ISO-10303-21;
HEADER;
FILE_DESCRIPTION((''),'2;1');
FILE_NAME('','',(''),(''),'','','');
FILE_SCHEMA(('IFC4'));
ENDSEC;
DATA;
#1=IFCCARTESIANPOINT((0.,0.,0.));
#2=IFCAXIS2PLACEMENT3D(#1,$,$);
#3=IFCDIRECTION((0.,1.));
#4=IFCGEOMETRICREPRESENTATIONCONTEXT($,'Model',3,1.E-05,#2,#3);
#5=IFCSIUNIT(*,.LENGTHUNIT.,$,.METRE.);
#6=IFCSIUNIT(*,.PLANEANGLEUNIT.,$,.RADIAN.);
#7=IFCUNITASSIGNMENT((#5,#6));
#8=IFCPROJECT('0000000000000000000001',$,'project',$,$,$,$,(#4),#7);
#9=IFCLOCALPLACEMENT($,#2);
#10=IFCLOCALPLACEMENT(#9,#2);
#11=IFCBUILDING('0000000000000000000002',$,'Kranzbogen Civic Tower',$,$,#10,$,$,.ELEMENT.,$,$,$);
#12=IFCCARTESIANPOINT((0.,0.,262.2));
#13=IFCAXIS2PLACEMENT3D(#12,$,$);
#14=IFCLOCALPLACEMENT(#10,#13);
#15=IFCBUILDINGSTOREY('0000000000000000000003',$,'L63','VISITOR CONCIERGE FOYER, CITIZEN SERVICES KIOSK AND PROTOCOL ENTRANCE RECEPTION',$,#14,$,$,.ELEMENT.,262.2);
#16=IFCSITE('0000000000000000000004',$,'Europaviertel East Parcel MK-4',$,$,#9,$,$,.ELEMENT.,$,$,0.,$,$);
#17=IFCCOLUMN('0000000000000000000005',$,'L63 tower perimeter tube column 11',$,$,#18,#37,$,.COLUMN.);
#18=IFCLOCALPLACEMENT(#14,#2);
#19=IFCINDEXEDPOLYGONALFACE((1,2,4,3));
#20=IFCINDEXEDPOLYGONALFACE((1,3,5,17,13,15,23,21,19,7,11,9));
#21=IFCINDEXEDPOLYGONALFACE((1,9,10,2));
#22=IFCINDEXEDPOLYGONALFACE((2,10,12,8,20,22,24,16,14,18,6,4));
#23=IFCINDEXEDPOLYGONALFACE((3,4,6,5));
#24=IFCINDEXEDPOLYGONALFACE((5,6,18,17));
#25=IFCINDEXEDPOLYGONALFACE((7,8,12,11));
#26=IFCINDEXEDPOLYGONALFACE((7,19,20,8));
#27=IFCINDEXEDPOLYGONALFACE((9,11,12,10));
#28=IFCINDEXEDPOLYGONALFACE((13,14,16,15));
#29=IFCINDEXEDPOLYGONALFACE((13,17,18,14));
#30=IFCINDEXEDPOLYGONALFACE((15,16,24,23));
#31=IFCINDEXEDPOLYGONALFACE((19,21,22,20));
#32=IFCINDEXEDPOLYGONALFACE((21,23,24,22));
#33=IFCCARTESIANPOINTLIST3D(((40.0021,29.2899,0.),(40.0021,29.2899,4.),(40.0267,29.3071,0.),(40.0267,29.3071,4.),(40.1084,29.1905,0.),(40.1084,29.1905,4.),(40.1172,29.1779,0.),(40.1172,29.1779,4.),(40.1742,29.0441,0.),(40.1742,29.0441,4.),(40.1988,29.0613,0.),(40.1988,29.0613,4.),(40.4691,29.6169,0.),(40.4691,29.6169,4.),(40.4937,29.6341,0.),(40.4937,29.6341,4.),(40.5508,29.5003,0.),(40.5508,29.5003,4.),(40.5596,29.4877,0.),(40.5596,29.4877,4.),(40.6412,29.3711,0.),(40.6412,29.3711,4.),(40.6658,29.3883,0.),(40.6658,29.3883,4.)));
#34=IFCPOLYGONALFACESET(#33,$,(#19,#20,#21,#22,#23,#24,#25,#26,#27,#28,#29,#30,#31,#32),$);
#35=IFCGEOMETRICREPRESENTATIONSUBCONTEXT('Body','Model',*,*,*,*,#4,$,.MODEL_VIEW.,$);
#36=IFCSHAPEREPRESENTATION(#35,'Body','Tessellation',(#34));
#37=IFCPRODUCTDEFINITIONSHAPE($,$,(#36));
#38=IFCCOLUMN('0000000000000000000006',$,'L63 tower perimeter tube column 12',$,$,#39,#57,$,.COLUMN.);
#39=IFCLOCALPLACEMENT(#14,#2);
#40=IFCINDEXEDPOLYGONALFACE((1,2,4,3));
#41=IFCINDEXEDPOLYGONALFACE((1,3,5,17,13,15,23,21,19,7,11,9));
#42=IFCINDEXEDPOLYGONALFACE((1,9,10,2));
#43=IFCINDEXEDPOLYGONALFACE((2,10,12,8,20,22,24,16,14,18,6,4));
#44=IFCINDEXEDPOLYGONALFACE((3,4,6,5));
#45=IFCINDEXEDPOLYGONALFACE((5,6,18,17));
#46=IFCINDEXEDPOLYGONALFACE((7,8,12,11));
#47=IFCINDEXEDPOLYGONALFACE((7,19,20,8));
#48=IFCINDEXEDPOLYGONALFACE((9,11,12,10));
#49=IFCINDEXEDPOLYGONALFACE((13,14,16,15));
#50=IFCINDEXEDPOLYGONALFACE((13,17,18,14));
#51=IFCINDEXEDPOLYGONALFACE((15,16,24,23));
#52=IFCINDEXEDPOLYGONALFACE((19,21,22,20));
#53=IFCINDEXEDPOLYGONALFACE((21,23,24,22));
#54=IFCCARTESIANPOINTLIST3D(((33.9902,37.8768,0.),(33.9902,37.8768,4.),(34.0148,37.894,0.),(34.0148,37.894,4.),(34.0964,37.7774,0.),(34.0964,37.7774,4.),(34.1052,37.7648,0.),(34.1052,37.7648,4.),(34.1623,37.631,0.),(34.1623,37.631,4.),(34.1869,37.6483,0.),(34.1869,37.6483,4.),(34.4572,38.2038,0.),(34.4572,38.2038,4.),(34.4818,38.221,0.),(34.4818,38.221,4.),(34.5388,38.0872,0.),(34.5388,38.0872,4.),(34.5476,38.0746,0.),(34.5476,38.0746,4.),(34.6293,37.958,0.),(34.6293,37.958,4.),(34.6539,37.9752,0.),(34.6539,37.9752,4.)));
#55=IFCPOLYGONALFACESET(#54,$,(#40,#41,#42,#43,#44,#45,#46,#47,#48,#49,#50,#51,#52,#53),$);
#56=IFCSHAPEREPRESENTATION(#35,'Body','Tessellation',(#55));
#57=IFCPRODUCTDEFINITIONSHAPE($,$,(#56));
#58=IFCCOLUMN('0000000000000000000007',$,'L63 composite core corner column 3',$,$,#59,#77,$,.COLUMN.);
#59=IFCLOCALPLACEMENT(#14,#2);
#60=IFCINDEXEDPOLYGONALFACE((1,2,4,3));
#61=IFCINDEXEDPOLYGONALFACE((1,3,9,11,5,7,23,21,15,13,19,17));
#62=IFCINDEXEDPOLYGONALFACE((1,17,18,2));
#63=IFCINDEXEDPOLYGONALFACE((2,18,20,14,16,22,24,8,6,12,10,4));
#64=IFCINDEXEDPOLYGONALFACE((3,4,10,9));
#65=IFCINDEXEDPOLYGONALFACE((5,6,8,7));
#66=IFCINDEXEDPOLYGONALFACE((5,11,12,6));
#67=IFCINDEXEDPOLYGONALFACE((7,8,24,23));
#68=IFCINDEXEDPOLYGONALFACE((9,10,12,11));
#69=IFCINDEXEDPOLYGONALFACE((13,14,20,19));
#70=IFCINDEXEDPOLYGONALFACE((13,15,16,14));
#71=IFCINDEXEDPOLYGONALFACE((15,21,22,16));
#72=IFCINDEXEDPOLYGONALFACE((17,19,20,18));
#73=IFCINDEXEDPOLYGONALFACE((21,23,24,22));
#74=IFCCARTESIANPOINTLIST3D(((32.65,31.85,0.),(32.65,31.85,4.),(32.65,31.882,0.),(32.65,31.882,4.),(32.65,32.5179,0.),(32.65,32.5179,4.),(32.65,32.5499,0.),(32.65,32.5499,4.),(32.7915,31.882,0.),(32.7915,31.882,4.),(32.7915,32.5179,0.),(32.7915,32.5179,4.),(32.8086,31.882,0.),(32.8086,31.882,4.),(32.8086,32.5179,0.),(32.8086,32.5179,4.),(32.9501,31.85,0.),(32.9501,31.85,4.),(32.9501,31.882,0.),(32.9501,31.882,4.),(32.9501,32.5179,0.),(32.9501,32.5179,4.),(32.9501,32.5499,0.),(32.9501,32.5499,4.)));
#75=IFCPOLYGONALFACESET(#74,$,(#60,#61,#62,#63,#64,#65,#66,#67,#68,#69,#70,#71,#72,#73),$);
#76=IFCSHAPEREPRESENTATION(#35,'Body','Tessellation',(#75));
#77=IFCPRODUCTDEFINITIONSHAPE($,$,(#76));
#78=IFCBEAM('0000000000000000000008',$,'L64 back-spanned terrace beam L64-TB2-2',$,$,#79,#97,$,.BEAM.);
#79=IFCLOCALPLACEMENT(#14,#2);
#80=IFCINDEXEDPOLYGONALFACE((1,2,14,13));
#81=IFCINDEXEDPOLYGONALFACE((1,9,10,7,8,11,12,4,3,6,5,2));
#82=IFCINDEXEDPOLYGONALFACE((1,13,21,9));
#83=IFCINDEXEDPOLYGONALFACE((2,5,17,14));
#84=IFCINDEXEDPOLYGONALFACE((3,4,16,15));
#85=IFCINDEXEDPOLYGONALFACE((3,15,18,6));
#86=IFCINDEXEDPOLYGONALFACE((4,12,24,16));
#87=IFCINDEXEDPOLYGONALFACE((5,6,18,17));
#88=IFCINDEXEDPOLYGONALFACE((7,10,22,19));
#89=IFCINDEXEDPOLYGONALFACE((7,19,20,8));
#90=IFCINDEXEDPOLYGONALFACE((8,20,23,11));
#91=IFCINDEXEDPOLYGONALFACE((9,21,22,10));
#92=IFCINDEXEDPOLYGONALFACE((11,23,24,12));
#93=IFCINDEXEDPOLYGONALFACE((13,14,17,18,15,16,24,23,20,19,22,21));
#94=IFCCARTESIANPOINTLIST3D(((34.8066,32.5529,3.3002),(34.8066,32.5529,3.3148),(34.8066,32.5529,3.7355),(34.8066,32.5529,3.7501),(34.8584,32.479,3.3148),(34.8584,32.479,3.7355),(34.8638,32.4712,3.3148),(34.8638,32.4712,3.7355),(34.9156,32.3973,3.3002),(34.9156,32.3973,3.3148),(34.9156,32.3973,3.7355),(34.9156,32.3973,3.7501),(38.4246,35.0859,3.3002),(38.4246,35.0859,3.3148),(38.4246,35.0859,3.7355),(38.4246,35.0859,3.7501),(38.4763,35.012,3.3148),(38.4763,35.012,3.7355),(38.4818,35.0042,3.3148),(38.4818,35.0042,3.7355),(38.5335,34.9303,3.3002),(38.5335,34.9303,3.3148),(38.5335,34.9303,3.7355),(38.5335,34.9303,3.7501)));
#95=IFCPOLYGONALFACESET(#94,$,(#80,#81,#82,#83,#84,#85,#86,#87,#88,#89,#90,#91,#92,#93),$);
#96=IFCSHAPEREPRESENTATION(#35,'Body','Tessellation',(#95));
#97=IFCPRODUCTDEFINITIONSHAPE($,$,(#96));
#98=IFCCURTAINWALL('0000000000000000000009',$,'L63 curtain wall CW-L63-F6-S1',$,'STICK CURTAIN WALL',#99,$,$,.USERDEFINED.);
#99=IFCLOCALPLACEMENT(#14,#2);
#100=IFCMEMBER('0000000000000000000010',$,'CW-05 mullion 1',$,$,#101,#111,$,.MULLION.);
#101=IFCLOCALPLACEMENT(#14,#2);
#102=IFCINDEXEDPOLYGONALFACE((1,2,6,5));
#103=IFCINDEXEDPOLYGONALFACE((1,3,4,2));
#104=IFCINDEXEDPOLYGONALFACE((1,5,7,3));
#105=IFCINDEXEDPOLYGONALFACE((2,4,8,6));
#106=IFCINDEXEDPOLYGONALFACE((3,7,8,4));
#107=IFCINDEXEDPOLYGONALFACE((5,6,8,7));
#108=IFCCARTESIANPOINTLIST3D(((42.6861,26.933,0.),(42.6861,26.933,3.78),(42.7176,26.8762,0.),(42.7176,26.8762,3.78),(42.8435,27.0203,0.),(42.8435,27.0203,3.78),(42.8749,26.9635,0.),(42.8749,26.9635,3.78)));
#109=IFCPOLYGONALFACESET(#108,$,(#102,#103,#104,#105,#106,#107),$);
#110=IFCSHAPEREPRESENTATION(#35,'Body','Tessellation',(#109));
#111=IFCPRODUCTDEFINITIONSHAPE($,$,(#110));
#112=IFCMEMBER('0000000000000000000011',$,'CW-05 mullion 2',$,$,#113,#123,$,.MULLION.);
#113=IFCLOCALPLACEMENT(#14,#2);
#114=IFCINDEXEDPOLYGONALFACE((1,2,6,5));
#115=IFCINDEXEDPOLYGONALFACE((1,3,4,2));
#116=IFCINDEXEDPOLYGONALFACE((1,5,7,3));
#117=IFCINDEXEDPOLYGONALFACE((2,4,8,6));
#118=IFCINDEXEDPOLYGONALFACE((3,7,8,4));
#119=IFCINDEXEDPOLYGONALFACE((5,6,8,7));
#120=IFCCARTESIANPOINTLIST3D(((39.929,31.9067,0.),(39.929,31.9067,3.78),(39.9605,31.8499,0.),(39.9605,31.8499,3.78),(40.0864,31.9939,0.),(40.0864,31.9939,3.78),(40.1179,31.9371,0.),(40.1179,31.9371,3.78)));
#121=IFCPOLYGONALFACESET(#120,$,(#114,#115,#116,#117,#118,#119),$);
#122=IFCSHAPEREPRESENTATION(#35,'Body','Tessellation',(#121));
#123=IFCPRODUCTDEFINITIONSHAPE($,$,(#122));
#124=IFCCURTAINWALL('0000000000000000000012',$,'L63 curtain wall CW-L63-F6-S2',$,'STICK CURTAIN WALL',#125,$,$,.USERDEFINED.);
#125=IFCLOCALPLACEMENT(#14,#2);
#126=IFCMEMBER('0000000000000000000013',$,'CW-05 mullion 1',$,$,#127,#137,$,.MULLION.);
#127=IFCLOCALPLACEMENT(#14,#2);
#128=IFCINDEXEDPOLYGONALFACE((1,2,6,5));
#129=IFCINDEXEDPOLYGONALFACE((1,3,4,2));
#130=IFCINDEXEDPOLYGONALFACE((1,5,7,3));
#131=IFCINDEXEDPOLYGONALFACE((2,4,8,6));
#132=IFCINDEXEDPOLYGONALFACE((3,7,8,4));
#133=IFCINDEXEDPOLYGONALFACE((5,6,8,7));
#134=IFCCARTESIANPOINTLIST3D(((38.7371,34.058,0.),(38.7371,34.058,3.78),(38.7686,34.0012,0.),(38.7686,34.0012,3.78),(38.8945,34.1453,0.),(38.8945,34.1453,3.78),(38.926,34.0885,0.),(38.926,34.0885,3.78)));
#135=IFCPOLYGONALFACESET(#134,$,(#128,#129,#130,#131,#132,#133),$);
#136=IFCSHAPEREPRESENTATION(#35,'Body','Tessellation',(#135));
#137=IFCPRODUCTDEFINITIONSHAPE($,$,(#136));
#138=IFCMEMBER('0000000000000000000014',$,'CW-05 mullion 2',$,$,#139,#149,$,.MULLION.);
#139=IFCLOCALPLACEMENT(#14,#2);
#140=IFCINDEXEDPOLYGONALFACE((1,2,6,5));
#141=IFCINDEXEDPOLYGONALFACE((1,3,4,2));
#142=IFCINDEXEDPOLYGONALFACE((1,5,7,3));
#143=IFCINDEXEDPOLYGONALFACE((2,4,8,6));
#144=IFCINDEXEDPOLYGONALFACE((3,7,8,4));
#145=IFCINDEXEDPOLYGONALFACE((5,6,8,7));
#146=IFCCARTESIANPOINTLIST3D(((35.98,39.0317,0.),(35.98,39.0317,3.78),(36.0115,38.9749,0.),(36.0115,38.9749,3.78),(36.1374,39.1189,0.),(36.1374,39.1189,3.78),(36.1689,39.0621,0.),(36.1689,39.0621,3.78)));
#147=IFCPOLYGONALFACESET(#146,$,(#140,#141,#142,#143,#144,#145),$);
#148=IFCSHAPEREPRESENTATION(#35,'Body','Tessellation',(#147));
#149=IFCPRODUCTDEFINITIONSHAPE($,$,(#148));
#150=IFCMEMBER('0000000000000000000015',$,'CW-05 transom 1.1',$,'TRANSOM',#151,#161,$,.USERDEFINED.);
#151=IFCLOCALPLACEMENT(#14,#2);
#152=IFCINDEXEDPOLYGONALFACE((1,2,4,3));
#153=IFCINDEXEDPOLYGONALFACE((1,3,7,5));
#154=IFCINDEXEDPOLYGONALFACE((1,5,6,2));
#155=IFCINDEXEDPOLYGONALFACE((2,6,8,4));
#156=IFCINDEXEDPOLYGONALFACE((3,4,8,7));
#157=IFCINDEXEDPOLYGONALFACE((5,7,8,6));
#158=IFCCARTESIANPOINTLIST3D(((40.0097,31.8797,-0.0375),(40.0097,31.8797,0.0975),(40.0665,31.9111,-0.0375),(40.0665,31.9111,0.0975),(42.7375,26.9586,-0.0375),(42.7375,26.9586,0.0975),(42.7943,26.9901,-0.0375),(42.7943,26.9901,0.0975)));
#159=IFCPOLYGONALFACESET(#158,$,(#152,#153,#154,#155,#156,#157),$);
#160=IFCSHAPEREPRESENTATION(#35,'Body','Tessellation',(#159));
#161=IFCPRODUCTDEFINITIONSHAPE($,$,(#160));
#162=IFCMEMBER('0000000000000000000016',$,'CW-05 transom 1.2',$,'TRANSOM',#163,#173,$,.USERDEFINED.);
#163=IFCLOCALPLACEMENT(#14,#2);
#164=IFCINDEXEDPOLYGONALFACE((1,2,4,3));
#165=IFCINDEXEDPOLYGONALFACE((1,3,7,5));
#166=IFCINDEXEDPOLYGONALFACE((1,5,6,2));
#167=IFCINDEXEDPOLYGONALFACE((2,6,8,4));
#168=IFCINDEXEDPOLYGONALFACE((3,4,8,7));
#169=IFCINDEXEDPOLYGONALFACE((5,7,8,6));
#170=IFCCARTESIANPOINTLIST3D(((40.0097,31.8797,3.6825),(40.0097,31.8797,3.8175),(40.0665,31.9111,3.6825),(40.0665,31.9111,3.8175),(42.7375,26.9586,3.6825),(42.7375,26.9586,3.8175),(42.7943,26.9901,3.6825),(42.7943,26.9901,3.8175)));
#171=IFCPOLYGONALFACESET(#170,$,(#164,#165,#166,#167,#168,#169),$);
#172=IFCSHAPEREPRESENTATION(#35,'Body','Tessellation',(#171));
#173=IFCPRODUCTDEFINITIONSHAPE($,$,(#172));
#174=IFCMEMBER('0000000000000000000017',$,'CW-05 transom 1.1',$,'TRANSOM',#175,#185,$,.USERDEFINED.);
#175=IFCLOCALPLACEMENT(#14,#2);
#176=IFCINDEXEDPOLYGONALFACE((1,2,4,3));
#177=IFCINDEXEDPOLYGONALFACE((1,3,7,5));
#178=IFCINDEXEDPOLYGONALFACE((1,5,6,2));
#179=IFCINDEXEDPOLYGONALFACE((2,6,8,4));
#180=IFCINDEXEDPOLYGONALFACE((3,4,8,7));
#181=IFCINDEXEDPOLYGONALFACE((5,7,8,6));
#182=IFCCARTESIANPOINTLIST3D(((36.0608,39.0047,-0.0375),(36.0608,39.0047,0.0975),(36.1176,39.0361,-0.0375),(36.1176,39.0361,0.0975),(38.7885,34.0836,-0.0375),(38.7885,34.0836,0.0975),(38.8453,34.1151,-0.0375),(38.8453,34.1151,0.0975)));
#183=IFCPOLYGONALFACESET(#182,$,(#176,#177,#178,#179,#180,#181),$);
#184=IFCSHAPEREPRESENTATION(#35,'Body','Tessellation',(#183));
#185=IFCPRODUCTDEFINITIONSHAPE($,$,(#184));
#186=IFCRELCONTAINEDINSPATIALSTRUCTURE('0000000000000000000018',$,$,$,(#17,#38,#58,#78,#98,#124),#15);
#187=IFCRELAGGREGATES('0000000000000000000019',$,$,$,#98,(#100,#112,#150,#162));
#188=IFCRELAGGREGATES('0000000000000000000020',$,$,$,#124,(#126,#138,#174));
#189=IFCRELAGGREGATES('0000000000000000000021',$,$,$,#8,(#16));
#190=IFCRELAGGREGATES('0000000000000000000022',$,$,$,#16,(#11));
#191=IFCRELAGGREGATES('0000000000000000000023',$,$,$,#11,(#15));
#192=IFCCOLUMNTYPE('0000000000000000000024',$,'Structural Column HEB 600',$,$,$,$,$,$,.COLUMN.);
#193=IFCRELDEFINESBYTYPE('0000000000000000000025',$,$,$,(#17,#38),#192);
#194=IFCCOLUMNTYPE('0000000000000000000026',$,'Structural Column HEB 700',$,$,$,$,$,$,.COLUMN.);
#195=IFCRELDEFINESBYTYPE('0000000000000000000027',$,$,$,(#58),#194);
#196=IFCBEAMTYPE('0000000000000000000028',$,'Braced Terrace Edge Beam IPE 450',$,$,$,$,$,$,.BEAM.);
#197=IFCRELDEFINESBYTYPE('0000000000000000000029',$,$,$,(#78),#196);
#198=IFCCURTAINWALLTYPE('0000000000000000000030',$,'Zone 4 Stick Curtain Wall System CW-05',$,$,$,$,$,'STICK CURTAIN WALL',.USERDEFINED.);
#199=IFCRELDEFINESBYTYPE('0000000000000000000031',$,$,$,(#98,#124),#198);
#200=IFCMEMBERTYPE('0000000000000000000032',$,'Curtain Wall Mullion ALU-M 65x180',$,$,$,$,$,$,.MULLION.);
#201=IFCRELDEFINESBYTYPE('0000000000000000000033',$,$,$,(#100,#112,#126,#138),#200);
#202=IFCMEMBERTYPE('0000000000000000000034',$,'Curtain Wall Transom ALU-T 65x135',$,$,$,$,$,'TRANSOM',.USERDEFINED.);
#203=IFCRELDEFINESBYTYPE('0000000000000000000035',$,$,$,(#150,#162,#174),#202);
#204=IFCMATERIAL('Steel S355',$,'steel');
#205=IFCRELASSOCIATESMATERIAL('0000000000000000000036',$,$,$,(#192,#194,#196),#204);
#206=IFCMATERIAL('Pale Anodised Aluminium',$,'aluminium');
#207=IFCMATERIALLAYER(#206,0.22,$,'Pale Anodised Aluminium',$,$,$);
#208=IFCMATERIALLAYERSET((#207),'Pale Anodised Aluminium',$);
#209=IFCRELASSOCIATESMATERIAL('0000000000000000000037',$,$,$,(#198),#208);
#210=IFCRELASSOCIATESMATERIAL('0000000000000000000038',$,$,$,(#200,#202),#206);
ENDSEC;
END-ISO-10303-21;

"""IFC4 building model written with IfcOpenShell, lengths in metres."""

from ifc_helpers import new_model, si_unit, direction, frame, origin, origin_2d, place, context, subcontext, project, spatial, rectangle, i_section, extrude, material, layer, layer_set, material_profile, profile_set, type_object, element, aggregate, save


model = new_model("IFC4")

# Units and contexts
model_context = context("Model", 3, precision=1e-05, world=origin(), true_north=direction((0.0, 1.0)))
body_context = subcontext(model_context, "Body", "Model", "MODEL_VIEW")
ifc_project = project(units=[si_unit("LENGTHUNIT", "METRE"), si_unit("PLANEANGLEUNIT", "RADIAN")], contexts=[model_context])

# Site, building, storey
site_placement = place(None, origin())
site = spatial("IfcSite", under=ifc_project, at=site_placement, Name="Europaviertel East Parcel MK-4", CompositionType="ELEMENT", RefElevation=0.0)
building_placement = place(site_placement, origin())
building = spatial("IfcBuilding", under=site, at=building_placement, Name="Kranzbogen Civic Tower", CompositionType="ELEMENT")
storey_placement = place(building_placement, frame((0.0, 0.0, 262.2)))
storey = spatial("IfcBuildingStorey", under=building, at=storey_placement, Name="L63", Description="VISITOR CONCIERGE FOYER, CITIZEN SERVICES KIOSK AND PROTOCOL ENTRANCE RECEPTION", CompositionType="ELEMENT", Elevation=262.2)

# Columns
ifc_material_1 = material(Name="Steel S355", Category="steel")
ifc_material_profile_1 = material_profile(ifc_material_1, i_section(OverallWidth=0.3, OverallDepth=0.6001, WebThickness=0.0154, FlangeThickness=0.03, at=origin_2d()), Name="HEB 600")
ifc_profile_set_1 = profile_set([ifc_material_profile_1], Name="Steel S355")
column_type_1 = type_object("IfcColumnType", Name="Structural Column HEB 600", PredefinedType="COLUMN", material=ifc_profile_set_1)
for number, where, z_axis, x_axis, name in (
    (1, (40.334, 29.3391, 0.0), (0.0, 0.0, 1.0), (-0.573576, 0.819152, 0.0), "L63 tower perimeter tube column 11"),
    (2, (34.322, 37.926, 0.0), (0.0, 0.0, 1.0), (-0.573576, 0.819152, 0.0), "L63 tower perimeter tube column 12"),
):
    element("IfcColumn", number, at=place(storey_placement, frame(where, z_axis=z_axis, x_axis=x_axis)), inside=storey, type_object=column_type_1, Name=name, PredefinedType="COLUMN", context=body_context, shape_type="SweptSolid", body=[
        extrude(i_section(OverallWidth=0.3, OverallDepth=0.6001, WebThickness=0.0154, FlangeThickness=0.03, at=origin_2d()), origin(), (0.0, 0.0, 1.0), 4.0),
    ])
ifc_material_profile_2 = material_profile(ifc_material_1, i_section(OverallWidth=0.3, OverallDepth=0.7, WebThickness=0.0171, FlangeThickness=0.032, at=origin_2d()), Name="HEB 700")
ifc_profile_set_2 = profile_set([ifc_material_profile_2], Name="Steel S355")
column_type_2 = type_object("IfcColumnType", Name="Structural Column HEB 700", PredefinedType="COLUMN", material=ifc_profile_set_2)
column_placement = place(storey_placement, frame((32.8, 32.2, 0.0), z_axis=(0.0, 0.0, 1.0), x_axis=(1.0, 0.0, 0.0)))
element("IfcColumn", 3, at=column_placement, inside=storey, type_object=column_type_2, Name="L63 composite core corner column 3", PredefinedType="COLUMN", context=body_context, shape_type="SweptSolid", body=[
    extrude(i_section(OverallWidth=0.3, OverallDepth=0.7, WebThickness=0.0171, FlangeThickness=0.032, at=origin_2d()), origin(), (0.0, 0.0, 1.0), 4.0),
])

# Beam
ifc_material_profile_3 = material_profile(ifc_material_1, i_section(OverallWidth=0.1899, OverallDepth=0.45, WebThickness=0.0095, FlangeThickness=0.0146, at=origin_2d()), Name="IPE 450")
ifc_profile_set_3 = profile_set([ifc_material_profile_3], Name="Steel S355")
beam_type_1 = type_object("IfcBeamType", Name="Braced Terrace Edge Beam IPE 450", PredefinedType="BEAM", material=ifc_profile_set_3)
beam_1_placement = place(storey_placement, frame((34.8611, 32.4751, 3.5251), z_axis=(0.819188, 0.573525, 0.0), x_axis=(-0.573525, 0.819188, 0.0)))
element("IfcBeam", 4, at=beam_1_placement, inside=storey, type_object=beam_type_1, Name="L64 back-spanned terrace beam L64-TB2-2", PredefinedType="BEAM", context=body_context, shape_type="SweptSolid", body=[
    extrude(i_section(OverallWidth=0.1899, OverallDepth=0.45, WebThickness=0.0095, FlangeThickness=0.0146, at=origin_2d()), origin(), (0.0, 0.0, 1.0), 4.4165),
])

# Curtain walls, members
ifc_material_2 = material(Name="Pale Anodised Aluminium", Category="aluminium")
ifc_layer_1 = layer(ifc_material_2, 0.22, Name="Pale Anodised Aluminium")
ifc_layer_set_1 = layer_set([ifc_layer_1], Name="Pale Anodised Aluminium")
curtain_wall_type = type_object("IfcCurtainWallType", Name="Zone 4 Stick Curtain Wall System CW-05", ElementType="STICK CURTAIN WALL", PredefinedType="USERDEFINED", material=ifc_layer_set_1)
curtain_wall_1_placement = place(storey_placement, origin())
curtain_wall_1 = element("IfcCurtainWall", 5, at=curtain_wall_1_placement, inside=storey, type_object=curtain_wall_type, Name="L63 curtain wall CW-L63-F6-S1", ObjectType="STICK CURTAIN WALL", PredefinedType="USERDEFINED")
ifc_material_profile_4 = material_profile(ifc_material_2, rectangle(XDim=0.0649, YDim=0.1799, at=origin_2d()), Name="ALU-M 65x180")
ifc_profile_set_4 = profile_set([ifc_material_profile_4], Name="Pale Anodised Aluminium")
member_type_1 = type_object("IfcMemberType", Name="Curtain Wall Mullion ALU-M 65x180", PredefinedType="MULLION", material=ifc_profile_set_4)
member_1_placement = place(storey_placement, frame((42.7805, 26.9482, 0.0), z_axis=(0.0, 0.0, 1.0), x_axis=(-0.484815, 0.874617, 0.0)))
member_1 = element("IfcMember", 6, at=member_1_placement, type_object=member_type_1, Name="CW-05 mullion 1", PredefinedType="MULLION", context=body_context, shape_type="SweptSolid", body=[
    extrude(rectangle(XDim=0.0649, YDim=0.1799, at=origin_2d()), origin(), (0.0, 0.0, 1.0), 3.78),
])
member_2_placement = place(storey_placement, frame((40.0234, 31.9219, 0.0), z_axis=(0.0, 0.0, 1.0), x_axis=(-0.484815, 0.874617, 0.0)))
member_2 = element("IfcMember", 7, at=member_2_placement, type_object=member_type_1, Name="CW-05 mullion 2", PredefinedType="MULLION", context=body_context, shape_type="SweptSolid", body=[
    extrude(rectangle(XDim=0.0649, YDim=0.1799, at=origin_2d()), origin(), (0.0, 0.0, 1.0), 3.78),
])
curtain_wall_2_placement = place(storey_placement, origin())
curtain_wall_2 = element("IfcCurtainWall", 8, at=curtain_wall_2_placement, inside=storey, type_object=curtain_wall_type, Name="L63 curtain wall CW-L63-F6-S2", ObjectType="STICK CURTAIN WALL", PredefinedType="USERDEFINED")
member_3_placement = place(storey_placement, frame((38.8315, 34.0732, 0.0), z_axis=(0.0, 0.0, 1.0), x_axis=(-0.484815, 0.874617, 0.0)))
member_3 = element("IfcMember", 9, at=member_3_placement, type_object=member_type_1, Name="CW-05 mullion 1", PredefinedType="MULLION", context=body_context, shape_type="SweptSolid", body=[
    extrude(rectangle(XDim=0.0649, YDim=0.1799, at=origin_2d()), origin(), (0.0, 0.0, 1.0), 3.78),
])
member_4_placement = place(storey_placement, frame((36.0745, 39.0469, 0.0), z_axis=(0.0, 0.0, 1.0), x_axis=(-0.484815, 0.874617, 0.0)))
member_4 = element("IfcMember", 10, at=member_4_placement, type_object=member_type_1, Name="CW-05 mullion 2", PredefinedType="MULLION", context=body_context, shape_type="SweptSolid", body=[
    extrude(rectangle(XDim=0.0649, YDim=0.1799, at=origin_2d()), origin(), (0.0, 0.0, 1.0), 3.78),
])

# Members
ifc_material_profile_5 = material_profile(ifc_material_2, rectangle(XDim=0.0649, YDim=0.135, at=origin_2d()), Name="ALU-T 65x135")
ifc_profile_set_5 = profile_set([ifc_material_profile_5], Name="Pale Anodised Aluminium")
member_type_2 = type_object("IfcMemberType", Name="Curtain Wall Transom ALU-T 65x135", ElementType="TRANSOM", PredefinedType="USERDEFINED", material=ifc_profile_set_5)
member_5_placement = place(storey_placement, frame((42.7659, 26.9744, 0.03), z_axis=(-0.484803, 0.874624, 0.0), x_axis=(-0.874624, -0.484803, 0.0)))
member_5 = element("IfcMember", 11, at=member_5_placement, type_object=member_type_2, Name="CW-05 transom 1.1", ObjectType="TRANSOM", PredefinedType="USERDEFINED", context=body_context, shape_type="SweptSolid", body=[
    extrude(rectangle(XDim=0.0649, YDim=0.135, at=origin_2d()), origin(), (0.0, 0.0, 1.0), 5.6265),
])
member_6_placement = place(storey_placement, frame((42.7659, 26.9744, 3.75), z_axis=(-0.484803, 0.874624, 0.0), x_axis=(-0.874624, -0.484803, 0.0)))
member_6 = element("IfcMember", 12, at=member_6_placement, type_object=member_type_2, Name="CW-05 transom 1.2", ObjectType="TRANSOM", PredefinedType="USERDEFINED", context=body_context, shape_type="SweptSolid", body=[
    extrude(rectangle(XDim=0.0649, YDim=0.135, at=origin_2d()), origin(), (0.0, 0.0, 1.0), 5.6265),
])
member_7_placement = place(storey_placement, frame((38.8169, 34.0994, 0.03), z_axis=(-0.484803, 0.874624, 0.0), x_axis=(-0.874624, -0.484803, 0.0)))
member_7 = element("IfcMember", 13, at=member_7_placement, type_object=member_type_2, Name="CW-05 transom 1.1", ObjectType="TRANSOM", PredefinedType="USERDEFINED", context=body_context, shape_type="SweptSolid", body=[
    extrude(rectangle(XDim=0.0649, YDim=0.135, at=origin_2d()), origin(), (0.0, 0.0, 1.0), 5.6265),
])

aggregate(curtain_wall_1, [member_1, member_2, member_5, member_6])
aggregate(curtain_wall_2, [member_3, member_4, member_7])

save(model, "model.ifc")
